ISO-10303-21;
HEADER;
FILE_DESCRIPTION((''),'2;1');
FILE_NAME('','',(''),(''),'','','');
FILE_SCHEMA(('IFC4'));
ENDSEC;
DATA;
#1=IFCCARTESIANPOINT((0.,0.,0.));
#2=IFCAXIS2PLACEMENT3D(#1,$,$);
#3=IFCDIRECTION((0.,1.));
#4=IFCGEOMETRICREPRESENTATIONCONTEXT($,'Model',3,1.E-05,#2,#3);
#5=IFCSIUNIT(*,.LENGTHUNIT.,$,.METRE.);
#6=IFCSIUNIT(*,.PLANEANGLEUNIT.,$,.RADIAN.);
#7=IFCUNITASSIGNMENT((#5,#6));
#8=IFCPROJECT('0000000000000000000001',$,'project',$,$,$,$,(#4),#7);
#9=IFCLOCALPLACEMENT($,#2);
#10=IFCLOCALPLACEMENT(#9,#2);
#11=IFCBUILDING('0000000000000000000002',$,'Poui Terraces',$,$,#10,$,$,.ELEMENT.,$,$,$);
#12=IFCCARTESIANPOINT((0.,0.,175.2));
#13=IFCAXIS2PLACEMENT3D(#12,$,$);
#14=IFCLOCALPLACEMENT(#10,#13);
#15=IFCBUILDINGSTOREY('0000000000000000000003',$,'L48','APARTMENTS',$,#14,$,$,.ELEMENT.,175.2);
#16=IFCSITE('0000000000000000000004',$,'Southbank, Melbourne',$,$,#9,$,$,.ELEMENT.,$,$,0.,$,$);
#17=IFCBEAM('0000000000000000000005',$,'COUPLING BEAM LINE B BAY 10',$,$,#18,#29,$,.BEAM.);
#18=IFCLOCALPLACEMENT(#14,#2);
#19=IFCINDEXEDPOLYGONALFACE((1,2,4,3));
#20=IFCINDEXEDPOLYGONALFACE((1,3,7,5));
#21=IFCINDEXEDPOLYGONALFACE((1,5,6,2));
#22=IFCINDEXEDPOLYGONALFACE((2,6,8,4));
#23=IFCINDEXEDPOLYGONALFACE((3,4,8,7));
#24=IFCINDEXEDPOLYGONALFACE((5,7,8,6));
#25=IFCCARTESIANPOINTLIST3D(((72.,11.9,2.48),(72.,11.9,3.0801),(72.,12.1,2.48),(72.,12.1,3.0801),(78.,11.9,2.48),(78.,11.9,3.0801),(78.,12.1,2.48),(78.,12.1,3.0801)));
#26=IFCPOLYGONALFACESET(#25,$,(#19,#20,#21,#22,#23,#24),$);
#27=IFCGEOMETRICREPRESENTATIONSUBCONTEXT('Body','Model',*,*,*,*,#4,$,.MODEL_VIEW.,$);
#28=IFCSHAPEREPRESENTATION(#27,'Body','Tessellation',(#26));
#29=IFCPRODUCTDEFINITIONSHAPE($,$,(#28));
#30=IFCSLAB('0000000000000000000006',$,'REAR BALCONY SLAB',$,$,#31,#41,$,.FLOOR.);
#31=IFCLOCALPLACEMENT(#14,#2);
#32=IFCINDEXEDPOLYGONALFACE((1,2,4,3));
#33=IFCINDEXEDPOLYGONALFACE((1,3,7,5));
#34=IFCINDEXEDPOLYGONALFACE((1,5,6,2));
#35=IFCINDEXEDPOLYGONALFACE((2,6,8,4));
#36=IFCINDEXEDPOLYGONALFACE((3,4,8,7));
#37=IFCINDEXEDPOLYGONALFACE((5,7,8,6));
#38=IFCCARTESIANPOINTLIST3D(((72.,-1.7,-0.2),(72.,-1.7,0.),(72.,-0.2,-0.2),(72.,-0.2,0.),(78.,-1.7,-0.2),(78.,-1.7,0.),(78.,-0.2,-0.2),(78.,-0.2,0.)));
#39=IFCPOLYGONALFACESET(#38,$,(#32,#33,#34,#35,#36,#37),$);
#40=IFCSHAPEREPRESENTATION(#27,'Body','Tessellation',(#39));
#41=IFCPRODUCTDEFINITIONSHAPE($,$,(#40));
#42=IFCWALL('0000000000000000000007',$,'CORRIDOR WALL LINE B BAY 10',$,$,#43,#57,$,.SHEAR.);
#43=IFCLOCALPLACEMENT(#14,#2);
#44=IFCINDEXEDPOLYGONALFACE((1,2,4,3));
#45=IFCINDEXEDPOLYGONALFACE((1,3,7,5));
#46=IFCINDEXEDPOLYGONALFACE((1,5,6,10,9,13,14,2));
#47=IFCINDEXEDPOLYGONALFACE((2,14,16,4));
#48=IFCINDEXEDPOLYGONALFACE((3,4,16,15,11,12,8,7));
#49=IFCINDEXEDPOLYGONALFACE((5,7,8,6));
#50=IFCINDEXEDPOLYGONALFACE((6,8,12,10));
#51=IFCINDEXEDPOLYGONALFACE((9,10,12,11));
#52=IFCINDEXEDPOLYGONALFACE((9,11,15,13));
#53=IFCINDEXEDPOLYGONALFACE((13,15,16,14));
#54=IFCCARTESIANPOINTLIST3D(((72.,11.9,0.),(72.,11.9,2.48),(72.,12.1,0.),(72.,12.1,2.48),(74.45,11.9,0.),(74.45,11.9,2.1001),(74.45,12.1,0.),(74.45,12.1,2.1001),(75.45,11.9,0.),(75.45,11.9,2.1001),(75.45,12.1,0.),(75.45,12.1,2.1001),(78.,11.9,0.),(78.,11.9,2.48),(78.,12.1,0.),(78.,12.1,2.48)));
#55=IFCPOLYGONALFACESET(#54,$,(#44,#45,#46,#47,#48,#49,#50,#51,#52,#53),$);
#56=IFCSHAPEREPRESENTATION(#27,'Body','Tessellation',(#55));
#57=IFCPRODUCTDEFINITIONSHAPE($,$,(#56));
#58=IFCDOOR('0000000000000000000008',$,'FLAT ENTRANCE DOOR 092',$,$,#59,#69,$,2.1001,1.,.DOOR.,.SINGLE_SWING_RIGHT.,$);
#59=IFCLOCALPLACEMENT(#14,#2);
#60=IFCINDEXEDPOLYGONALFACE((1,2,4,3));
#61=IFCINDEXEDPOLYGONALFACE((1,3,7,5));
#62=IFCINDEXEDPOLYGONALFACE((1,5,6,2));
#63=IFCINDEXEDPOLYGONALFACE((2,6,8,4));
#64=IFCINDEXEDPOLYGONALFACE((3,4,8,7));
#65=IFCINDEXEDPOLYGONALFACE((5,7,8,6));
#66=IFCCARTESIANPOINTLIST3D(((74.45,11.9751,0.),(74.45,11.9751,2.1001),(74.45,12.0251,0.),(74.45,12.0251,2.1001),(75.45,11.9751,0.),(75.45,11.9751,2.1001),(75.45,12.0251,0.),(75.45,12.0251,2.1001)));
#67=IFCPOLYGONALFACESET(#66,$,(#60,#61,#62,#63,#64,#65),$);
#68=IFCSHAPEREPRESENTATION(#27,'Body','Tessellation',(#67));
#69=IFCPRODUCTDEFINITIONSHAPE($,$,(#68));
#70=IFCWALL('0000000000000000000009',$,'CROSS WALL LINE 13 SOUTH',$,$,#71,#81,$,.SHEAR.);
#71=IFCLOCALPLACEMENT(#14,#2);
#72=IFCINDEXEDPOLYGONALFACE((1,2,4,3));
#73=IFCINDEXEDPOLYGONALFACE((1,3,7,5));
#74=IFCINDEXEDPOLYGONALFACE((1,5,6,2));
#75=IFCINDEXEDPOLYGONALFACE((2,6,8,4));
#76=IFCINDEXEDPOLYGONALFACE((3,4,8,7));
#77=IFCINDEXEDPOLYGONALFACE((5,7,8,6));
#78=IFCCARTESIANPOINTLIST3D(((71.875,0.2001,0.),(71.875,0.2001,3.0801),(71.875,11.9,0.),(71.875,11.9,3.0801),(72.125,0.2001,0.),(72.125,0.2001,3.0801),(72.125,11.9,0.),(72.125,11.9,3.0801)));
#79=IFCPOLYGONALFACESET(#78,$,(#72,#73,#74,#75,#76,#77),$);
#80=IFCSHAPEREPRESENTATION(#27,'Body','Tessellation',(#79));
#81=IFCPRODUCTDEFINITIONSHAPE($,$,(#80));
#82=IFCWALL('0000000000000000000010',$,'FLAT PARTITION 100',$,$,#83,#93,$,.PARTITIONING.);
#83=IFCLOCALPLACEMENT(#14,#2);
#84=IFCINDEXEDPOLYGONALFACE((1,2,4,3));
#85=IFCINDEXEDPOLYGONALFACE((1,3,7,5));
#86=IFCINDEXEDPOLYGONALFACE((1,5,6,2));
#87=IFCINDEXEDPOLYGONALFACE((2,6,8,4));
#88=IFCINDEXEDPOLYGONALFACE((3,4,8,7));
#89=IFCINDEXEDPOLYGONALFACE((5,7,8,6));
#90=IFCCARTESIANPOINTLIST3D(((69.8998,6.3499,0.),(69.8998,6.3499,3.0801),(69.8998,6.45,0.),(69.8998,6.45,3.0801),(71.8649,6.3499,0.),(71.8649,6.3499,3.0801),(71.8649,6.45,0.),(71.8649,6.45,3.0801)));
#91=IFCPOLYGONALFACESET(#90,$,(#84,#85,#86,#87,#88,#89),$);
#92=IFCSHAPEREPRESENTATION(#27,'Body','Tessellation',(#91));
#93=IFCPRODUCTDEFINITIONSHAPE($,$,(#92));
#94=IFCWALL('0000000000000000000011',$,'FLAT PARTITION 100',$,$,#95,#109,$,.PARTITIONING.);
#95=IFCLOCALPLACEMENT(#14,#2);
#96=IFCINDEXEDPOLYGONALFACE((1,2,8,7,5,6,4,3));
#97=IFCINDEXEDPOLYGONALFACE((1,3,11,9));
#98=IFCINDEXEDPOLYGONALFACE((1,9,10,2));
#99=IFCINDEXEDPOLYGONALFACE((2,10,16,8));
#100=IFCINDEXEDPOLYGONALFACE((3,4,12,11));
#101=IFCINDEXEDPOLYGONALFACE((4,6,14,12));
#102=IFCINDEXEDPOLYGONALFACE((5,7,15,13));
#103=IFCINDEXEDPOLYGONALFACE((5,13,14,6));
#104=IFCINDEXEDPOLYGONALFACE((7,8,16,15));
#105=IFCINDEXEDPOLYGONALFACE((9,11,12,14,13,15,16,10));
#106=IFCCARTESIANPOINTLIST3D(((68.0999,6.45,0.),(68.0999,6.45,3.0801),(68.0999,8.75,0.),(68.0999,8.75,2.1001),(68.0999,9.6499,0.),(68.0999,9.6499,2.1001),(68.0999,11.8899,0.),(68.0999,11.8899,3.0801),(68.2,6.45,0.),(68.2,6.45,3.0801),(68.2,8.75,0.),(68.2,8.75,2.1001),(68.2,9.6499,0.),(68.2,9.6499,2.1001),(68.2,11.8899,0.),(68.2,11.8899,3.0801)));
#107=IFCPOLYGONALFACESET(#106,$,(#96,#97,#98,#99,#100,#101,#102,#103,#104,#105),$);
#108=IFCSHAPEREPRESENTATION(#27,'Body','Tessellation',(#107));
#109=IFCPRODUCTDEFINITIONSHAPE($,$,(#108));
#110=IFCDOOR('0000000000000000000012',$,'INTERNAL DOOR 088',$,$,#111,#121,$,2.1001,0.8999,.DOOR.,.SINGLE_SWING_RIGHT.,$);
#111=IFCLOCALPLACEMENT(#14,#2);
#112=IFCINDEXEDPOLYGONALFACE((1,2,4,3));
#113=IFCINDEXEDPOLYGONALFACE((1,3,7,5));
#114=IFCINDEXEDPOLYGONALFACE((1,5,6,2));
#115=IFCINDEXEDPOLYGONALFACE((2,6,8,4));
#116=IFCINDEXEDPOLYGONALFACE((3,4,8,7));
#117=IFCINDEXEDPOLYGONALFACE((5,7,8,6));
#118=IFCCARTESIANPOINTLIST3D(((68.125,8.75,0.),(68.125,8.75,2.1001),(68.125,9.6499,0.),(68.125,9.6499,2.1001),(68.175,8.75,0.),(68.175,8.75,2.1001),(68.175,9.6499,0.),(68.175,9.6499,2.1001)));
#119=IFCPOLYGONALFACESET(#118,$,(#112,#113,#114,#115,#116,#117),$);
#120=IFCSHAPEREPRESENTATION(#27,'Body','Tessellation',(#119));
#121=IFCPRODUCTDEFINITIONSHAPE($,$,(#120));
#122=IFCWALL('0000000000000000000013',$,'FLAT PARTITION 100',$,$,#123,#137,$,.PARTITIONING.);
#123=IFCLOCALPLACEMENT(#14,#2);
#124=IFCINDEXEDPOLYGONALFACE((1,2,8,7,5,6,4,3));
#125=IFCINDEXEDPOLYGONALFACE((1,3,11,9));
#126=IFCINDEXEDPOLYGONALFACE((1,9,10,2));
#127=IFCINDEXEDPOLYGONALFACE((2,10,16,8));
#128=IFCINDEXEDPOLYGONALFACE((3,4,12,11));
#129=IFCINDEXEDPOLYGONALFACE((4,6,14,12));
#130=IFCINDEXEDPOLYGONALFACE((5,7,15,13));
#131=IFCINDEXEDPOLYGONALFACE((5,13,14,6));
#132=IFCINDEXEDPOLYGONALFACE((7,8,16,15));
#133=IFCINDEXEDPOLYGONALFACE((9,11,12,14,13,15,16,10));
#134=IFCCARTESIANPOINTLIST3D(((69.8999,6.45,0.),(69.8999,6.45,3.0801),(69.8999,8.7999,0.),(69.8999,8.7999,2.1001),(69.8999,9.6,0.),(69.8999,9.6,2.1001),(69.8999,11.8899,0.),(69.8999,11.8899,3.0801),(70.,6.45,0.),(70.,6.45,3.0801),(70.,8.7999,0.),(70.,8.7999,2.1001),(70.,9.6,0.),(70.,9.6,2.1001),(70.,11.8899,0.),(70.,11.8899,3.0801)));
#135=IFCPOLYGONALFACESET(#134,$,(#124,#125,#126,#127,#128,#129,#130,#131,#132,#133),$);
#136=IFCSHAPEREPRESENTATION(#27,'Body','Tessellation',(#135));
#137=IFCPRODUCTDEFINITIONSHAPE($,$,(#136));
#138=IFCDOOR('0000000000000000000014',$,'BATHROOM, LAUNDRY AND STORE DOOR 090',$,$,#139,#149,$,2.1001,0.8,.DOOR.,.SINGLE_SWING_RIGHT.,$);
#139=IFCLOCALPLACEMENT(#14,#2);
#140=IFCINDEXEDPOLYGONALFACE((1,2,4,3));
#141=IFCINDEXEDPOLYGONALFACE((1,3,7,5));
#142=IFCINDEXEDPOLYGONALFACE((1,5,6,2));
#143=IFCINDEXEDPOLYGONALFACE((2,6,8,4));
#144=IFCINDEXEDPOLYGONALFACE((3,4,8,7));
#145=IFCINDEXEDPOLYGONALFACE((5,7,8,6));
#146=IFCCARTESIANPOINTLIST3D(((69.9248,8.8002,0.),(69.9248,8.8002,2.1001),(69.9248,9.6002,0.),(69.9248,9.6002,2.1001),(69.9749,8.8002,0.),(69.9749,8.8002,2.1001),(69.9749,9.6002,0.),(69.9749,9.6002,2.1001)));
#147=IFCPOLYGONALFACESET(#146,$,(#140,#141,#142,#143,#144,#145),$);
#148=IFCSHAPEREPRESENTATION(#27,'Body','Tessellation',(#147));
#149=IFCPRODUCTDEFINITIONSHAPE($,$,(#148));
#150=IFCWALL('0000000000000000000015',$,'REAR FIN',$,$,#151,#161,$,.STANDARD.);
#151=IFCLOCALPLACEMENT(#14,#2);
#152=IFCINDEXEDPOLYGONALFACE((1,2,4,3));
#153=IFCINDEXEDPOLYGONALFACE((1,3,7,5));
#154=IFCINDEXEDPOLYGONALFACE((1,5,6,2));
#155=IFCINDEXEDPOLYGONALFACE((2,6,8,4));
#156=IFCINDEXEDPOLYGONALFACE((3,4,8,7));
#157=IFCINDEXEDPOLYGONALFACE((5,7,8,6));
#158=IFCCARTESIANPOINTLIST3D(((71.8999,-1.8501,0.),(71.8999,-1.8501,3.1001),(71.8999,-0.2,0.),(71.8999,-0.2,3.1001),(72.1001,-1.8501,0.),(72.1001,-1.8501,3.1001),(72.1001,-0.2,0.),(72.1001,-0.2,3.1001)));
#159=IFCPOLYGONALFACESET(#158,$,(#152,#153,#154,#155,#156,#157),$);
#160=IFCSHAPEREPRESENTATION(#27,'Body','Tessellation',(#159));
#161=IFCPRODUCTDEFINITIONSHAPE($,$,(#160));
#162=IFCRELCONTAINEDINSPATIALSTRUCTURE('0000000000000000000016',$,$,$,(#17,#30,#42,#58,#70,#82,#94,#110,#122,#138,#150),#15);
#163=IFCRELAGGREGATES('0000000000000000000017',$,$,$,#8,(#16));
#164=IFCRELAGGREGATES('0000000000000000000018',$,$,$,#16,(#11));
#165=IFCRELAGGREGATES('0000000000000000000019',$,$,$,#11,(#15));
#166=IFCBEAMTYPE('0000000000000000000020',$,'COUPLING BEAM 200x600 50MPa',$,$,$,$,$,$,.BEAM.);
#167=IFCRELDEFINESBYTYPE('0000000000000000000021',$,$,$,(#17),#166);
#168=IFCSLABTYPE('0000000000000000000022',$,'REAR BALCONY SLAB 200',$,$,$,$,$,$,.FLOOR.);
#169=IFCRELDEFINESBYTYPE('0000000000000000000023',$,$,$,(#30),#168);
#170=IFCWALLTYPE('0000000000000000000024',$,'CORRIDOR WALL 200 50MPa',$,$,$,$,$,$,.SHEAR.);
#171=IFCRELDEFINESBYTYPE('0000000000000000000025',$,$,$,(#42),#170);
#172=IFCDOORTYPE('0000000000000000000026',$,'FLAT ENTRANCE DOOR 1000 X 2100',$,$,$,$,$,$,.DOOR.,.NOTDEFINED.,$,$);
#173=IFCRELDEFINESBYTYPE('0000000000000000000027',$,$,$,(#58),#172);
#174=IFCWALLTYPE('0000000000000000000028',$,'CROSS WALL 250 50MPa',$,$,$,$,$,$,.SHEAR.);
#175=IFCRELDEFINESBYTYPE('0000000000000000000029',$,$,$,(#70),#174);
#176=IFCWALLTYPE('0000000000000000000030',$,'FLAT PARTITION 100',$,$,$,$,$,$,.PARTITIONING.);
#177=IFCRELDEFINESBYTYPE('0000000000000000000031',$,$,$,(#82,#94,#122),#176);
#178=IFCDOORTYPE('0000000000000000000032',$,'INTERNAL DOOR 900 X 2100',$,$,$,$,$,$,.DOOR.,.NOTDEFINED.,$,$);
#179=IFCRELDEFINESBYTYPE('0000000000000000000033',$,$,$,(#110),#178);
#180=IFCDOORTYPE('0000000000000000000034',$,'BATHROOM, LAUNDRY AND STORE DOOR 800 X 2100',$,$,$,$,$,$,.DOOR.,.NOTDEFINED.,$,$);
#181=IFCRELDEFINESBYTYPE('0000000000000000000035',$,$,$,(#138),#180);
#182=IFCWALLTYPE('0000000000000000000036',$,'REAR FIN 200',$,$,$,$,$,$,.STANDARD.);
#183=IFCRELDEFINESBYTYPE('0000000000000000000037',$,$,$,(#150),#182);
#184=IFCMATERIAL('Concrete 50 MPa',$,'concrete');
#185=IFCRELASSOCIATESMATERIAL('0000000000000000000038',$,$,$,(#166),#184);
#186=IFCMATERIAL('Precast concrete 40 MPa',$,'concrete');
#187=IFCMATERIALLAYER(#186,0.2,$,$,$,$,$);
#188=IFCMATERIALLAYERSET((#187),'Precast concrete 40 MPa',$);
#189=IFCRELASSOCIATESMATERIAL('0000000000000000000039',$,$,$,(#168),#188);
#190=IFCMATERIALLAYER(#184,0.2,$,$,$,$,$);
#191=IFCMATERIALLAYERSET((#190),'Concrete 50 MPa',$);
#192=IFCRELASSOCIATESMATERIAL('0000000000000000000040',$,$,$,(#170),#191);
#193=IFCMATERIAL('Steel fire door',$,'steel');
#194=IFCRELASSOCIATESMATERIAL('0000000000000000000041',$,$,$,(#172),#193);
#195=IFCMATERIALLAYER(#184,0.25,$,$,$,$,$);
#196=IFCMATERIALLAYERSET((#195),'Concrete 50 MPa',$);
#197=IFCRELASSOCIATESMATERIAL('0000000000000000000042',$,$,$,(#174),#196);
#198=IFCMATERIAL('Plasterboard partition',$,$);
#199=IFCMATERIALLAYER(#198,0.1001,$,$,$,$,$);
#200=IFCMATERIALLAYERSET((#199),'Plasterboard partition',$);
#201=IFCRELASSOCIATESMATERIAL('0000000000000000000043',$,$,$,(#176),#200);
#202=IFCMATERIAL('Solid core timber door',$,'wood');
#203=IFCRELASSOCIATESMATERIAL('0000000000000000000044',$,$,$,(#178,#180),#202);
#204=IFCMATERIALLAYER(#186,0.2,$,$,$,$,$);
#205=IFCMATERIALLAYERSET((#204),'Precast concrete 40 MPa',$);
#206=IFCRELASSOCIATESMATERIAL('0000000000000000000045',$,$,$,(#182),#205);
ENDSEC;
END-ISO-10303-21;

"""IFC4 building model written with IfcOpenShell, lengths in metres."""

from ifc_helpers import new_model, si_unit, direction, frame, frame_2d, origin, origin_2d, place, context, subcontext, project, spatial, polyline, rectangle, outline, extrude, source, transform, mapped, material, layer, layer_set, material_profile, profile_set, type_object, element, fill, save


model = new_model("IFC4")

# Units and contexts
model_context = context("Model", 3, precision=1e-05, world=origin(), true_north=direction((0.0, 1.0)))
body_context = subcontext(model_context, "Body", "Model", "MODEL_VIEW")
ifc_project = project(units=[si_unit("LENGTHUNIT", "METRE"), si_unit("PLANEANGLEUNIT", "RADIAN")], contexts=[model_context])

# Site, building, storey
site_placement = place(None, origin())
site = spatial("IfcSite", under=ifc_project, at=site_placement, Name="Southbank, Melbourne", CompositionType="ELEMENT", RefElevation=0.0)
building_placement = place(site_placement, origin())
building = spatial("IfcBuilding", under=site, at=building_placement, Name="Poui Terraces", CompositionType="ELEMENT")
storey_placement = place(building_placement, frame((0.0, 0.0, 175.2)))
storey = spatial("IfcBuildingStorey", under=building, at=storey_placement, Name="L48", Description="APARTMENTS", CompositionType="ELEMENT", Elevation=175.2)

# Beam
ifc_material_1 = material(Name="Concrete 50 MPa", Category="concrete")
ifc_material_profile = material_profile(ifc_material_1, rectangle(XDim=0.2, YDim=0.6001, at=origin_2d()), Name="RC 200x600")
ifc_profile_set = profile_set([ifc_material_profile], Name="Concrete 50 MPa")
beam_type = type_object("IfcBeamType", Name="COUPLING BEAM 200x600 50MPa", PredefinedType="BEAM", material=ifc_profile_set)
shared_shape_1 = source(origin(), body_context, "Body", "SweptSolid", [
    extrude(rectangle(XDim=0.2, YDim=0.6001, at=origin_2d()), origin(), (0.0, 0.0, 1.0), 6.0),
])
beam_placement = place(storey_placement, frame((72.0, 12.0, 2.78), z_axis=(1.0, 0.0, 0.0), x_axis=(0.0, 1.0, 0.0)))
element("IfcBeam", 1, at=beam_placement, inside=storey, type_object=beam_type, Name="COUPLING BEAM LINE B BAY 10", PredefinedType="BEAM", context=body_context, shape_type="MappedRepresentation", body=[
    mapped(shared_shape_1, transform((0.0, 0.0, 0.0))),
])

# Slab
ifc_material_2 = material(Name="Precast concrete 40 MPa", Category="concrete")
ifc_layer_1 = layer(ifc_material_2, 0.2)
ifc_layer_set_1 = layer_set([ifc_layer_1], Name="Precast concrete 40 MPa")
slab_type = type_object("IfcSlabType", Name="REAR BALCONY SLAB 200", PredefinedType="FLOOR", material=ifc_layer_set_1)
shared_shape_2 = source(origin(), body_context, "Body", "SweptSolid", [
    extrude(outline(polyline([(0.0, 0.0), (6.0, 0.0), (6.0, 1.5), (0.0, 1.5), (0.0, 0.0)])), origin(), (0.0, 0.0, 1.0), 0.2),
])
slab_placement = place(storey_placement, frame((72.0, -1.7, -0.2)))
element("IfcSlab", 2, at=slab_placement, inside=storey, type_object=slab_type, Name="REAR BALCONY SLAB", PredefinedType="FLOOR", context=body_context, shape_type="MappedRepresentation", body=[
    mapped(shared_shape_2, transform((0.0, 0.0, 0.0))),
])

# Wall, opening, door
ifc_layer_2 = layer(ifc_material_1, 0.2)
ifc_layer_set_2 = layer_set([ifc_layer_2], Name="Concrete 50 MPa")
wall_type_1 = type_object("IfcWallType", Name="CORRIDOR WALL 200 50MPa", PredefinedType="SHEAR", material=ifc_layer_set_2)
wall_1_placement = place(storey_placement, frame((72.0, 12.0, 0.0), z_axis=(0.0, 0.0, 1.0), x_axis=(1.0, 0.0, 0.0)))
wall_1 = element("IfcWall", 3, at=wall_1_placement, inside=storey, type_object=wall_type_1, Name="CORRIDOR WALL LINE B BAY 10", PredefinedType="SHEAR", context=body_context, shape_type="SweptSolid", body=[
    extrude(rectangle(XDim=6.0, YDim=0.2, at=frame_2d((3.0, 0.0))), origin(), (0.0, 0.0, 1.0), 2.48),
])
opening_1_placement = place(wall_1_placement, frame((2.45, 0.0, 0.0)))
opening_1 = element("IfcOpeningElement", 4, at=opening_1_placement, cuts=wall_1, PredefinedType="OPENING", context=body_context, shape_type="SweptSolid", body=[
    extrude(rectangle(XDim=1.0, YDim=2.1001, at=frame_2d((0.5, 1.05))), frame((0.0, 0.1099, 0.0), z_axis=(0.0, -1.0, 0.0), x_axis=(1.0, 0.0, 0.0)), (0.0, 0.0, 1.0), 0.22),
])
ifc_material_3 = material(Name="Steel fire door", Category="steel")
door_type_1 = type_object("IfcDoorType", Name="FLAT ENTRANCE DOOR 1000 X 2100", OperationType="NOTDEFINED", PredefinedType="DOOR", material=ifc_material_3)
door_1_placement = place(opening_1_placement, frame((1.0, 0.0, 0.0), z_axis=(0.0, 0.0, 1.0), x_axis=(-1.0, 0.0, 0.0)))
door_1 = element("IfcDoor", 5, at=door_1_placement, inside=storey, type_object=door_type_1, Name="FLAT ENTRANCE DOOR 092", OperationType="SINGLE_SWING_RIGHT", OverallHeight=2.1001, OverallWidth=1.0, PredefinedType="DOOR", context=body_context, shape_type="SweptSolid", body=[
    extrude(rectangle(XDim=1.0, YDim=2.1001, at=frame_2d((0.5, 1.05))), frame((0.0, 0.0249, 0.0), z_axis=(0.0, -1.0, 0.0), x_axis=(1.0, 0.0, 0.0)), (0.0, 0.0, 1.0), 0.05),
])
fill(opening_1, door_1)

# Walls
ifc_layer_3 = layer(ifc_material_1, 0.25)
ifc_layer_set_3 = layer_set([ifc_layer_3], Name="Concrete 50 MPa")
wall_type_2 = type_object("IfcWallType", Name="CROSS WALL 250 50MPa", PredefinedType="SHEAR", material=ifc_layer_set_3)
wall_2_placement = place(storey_placement, frame((72.0, 0.2, 0.0), z_axis=(0.0, 0.0, 1.0), x_axis=(0.0, 1.0, 0.0)))
element("IfcWall", 6, at=wall_2_placement, inside=storey, type_object=wall_type_2, Name="CROSS WALL LINE 13 SOUTH", PredefinedType="SHEAR", context=body_context, shape_type="SweptSolid", body=[
    extrude(rectangle(XDim=11.7, YDim=0.25, at=frame_2d((5.8501, 0.0))), origin(), (0.0, 0.0, 1.0), 3.0801),
])
ifc_material_4 = material(Name="Plasterboard partition")
ifc_layer_4 = layer(ifc_material_4, 0.1001)
ifc_layer_set_4 = layer_set([ifc_layer_4], Name="Plasterboard partition")
wall_type_3 = type_object("IfcWallType", Name="FLAT PARTITION 100", PredefinedType="PARTITIONING", material=ifc_layer_set_4)
wall_3_placement = place(storey_placement, frame((69.8999, 6.3999, 0.0), z_axis=(0.0, 0.0, 1.0), x_axis=(1.0, 0.0, 0.0)))
element("IfcWall", 7, at=wall_3_placement, inside=storey, type_object=wall_type_3, Name="FLAT PARTITION 100", PredefinedType="PARTITIONING", context=body_context, shape_type="SweptSolid", body=[
    extrude(rectangle(XDim=1.9651, YDim=0.1001, at=frame_2d((0.9824, 0.0))), origin(), (0.0, 0.0, 1.0), 3.0801),
])

# Walls, openings, doors
wall_4_placement = place(storey_placement, frame((68.1499, 6.45, 0.0), z_axis=(0.0, 0.0, 1.0), x_axis=(0.0, 1.0, 0.0)))
wall_4 = element("IfcWall", 8, at=wall_4_placement, inside=storey, type_object=wall_type_3, Name="FLAT PARTITION 100", PredefinedType="PARTITIONING", context=body_context, shape_type="SweptSolid", body=[
    extrude(rectangle(XDim=5.4399, YDim=0.1001, at=frame_2d((2.72, 0.0))), origin(), (0.0, 0.0, 1.0), 3.0801),
])
opening_2_placement = place(wall_4_placement, frame((2.3, 0.0, 0.0)))
opening_2 = element("IfcOpeningElement", 9, at=opening_2_placement, cuts=wall_4, PredefinedType="OPENING", context=body_context, shape_type="SweptSolid", body=[
    extrude(rectangle(XDim=0.8999, YDim=2.1001, at=frame_2d((0.45, 1.05))), frame((0.0, 0.0601, 0.0), z_axis=(0.0, -1.0, 0.0), x_axis=(1.0, 0.0, 0.0)), (0.0, 0.0, 1.0), 0.1201),
])
ifc_material_5 = material(Name="Solid core timber door", Category="wood")
door_type_2 = type_object("IfcDoorType", Name="INTERNAL DOOR 900 X 2100", OperationType="NOTDEFINED", PredefinedType="DOOR", material=ifc_material_5)
door_2_placement = place(opening_2_placement, origin())
door_2 = element("IfcDoor", 10, at=door_2_placement, inside=storey, type_object=door_type_2, Name="INTERNAL DOOR 088", OperationType="SINGLE_SWING_RIGHT", OverallHeight=2.1001, OverallWidth=0.8999, PredefinedType="DOOR", context=body_context, shape_type="SweptSolid", body=[
    extrude(rectangle(XDim=0.8999, YDim=2.1001, at=frame_2d((0.45, 1.05))), frame((0.0, 0.0249, 0.0), z_axis=(0.0, -1.0, 0.0), x_axis=(1.0, 0.0, 0.0)), (0.0, 0.0, 1.0), 0.05),
])
fill(opening_2, door_2)
wall_5_placement = place(storey_placement, frame((69.95, 6.45, 0.0), z_axis=(0.0, 0.0, 1.0), x_axis=(0.0, 1.0, 0.0)))
wall_5 = element("IfcWall", 11, at=wall_5_placement, inside=storey, type_object=wall_type_3, Name="FLAT PARTITION 100", PredefinedType="PARTITIONING", context=body_context, shape_type="SweptSolid", body=[
    extrude(rectangle(XDim=5.4399, YDim=0.1001, at=frame_2d((2.72, 0.0))), origin(), (0.0, 0.0, 1.0), 3.0801),
])
opening_3_placement = place(wall_5_placement, frame((2.3501, 0.0, 0.0)))
opening_3 = element("IfcOpeningElement", 12, at=opening_3_placement, cuts=wall_5, PredefinedType="OPENING", context=body_context, shape_type="SweptSolid", body=[
    extrude(rectangle(XDim=0.8, YDim=2.1001, at=frame_2d((0.3999, 1.05))), frame((0.0, 0.0601, 0.0), z_axis=(0.0, -1.0, 0.0), x_axis=(1.0, 0.0, 0.0)), (0.0, 0.0, 1.0), 0.1201),
])
door_type_3 = type_object("IfcDoorType", Name="BATHROOM, LAUNDRY AND STORE DOOR 800 X 2100", OperationType="NOTDEFINED", PredefinedType="DOOR", material=ifc_material_5)
door_3_placement = place(opening_3_placement, frame((0.8, 0.0, 0.0), z_axis=(0.0, 0.0, 1.0), x_axis=(-1.0, 0.0, 0.0)))
door_3 = element("IfcDoor", 13, at=door_3_placement, inside=storey, type_object=door_type_3, Name="BATHROOM, LAUNDRY AND STORE DOOR 090", OperationType="SINGLE_SWING_RIGHT", OverallHeight=2.1001, OverallWidth=0.8, PredefinedType="DOOR", context=body_context, shape_type="SweptSolid", body=[
    extrude(rectangle(XDim=0.8, YDim=2.1001, at=frame_2d((0.3999, 1.05))), frame((0.0, 0.0249, 0.0), z_axis=(0.0, -1.0, 0.0), x_axis=(1.0, 0.0, 0.0)), (0.0, 0.0, 1.0), 0.05),
])
fill(opening_3, door_3)

# Wall
ifc_layer_5 = layer(ifc_material_2, 0.2)
ifc_layer_set_5 = layer_set([ifc_layer_5], Name="Precast concrete 40 MPa")
wall_type_4 = type_object("IfcWallType", Name="REAR FIN 200", PredefinedType="STANDARD", material=ifc_layer_set_5)
shared_shape_3 = source(origin(), body_context, "Body", "SweptSolid", [
    extrude(outline(polyline([(0.0, 0.0), (0.2002, 0.0), (0.2002, 1.6501), (0.0, 1.6501), (0.0, 0.0)])), origin(), (0.0, 0.0, 1.0), 3.1001),
])
wall_6_placement = place(storey_placement, frame((71.8999, -1.8501, 0.0)))
element("IfcWall", 14, at=wall_6_placement, inside=storey, type_object=wall_type_4, Name="REAR FIN", PredefinedType="STANDARD", context=body_context, shape_type="MappedRepresentation", body=[
    mapped(shared_shape_3, transform((0.0, 0.0, 0.0))),
])

save(model, "model.ifc")
